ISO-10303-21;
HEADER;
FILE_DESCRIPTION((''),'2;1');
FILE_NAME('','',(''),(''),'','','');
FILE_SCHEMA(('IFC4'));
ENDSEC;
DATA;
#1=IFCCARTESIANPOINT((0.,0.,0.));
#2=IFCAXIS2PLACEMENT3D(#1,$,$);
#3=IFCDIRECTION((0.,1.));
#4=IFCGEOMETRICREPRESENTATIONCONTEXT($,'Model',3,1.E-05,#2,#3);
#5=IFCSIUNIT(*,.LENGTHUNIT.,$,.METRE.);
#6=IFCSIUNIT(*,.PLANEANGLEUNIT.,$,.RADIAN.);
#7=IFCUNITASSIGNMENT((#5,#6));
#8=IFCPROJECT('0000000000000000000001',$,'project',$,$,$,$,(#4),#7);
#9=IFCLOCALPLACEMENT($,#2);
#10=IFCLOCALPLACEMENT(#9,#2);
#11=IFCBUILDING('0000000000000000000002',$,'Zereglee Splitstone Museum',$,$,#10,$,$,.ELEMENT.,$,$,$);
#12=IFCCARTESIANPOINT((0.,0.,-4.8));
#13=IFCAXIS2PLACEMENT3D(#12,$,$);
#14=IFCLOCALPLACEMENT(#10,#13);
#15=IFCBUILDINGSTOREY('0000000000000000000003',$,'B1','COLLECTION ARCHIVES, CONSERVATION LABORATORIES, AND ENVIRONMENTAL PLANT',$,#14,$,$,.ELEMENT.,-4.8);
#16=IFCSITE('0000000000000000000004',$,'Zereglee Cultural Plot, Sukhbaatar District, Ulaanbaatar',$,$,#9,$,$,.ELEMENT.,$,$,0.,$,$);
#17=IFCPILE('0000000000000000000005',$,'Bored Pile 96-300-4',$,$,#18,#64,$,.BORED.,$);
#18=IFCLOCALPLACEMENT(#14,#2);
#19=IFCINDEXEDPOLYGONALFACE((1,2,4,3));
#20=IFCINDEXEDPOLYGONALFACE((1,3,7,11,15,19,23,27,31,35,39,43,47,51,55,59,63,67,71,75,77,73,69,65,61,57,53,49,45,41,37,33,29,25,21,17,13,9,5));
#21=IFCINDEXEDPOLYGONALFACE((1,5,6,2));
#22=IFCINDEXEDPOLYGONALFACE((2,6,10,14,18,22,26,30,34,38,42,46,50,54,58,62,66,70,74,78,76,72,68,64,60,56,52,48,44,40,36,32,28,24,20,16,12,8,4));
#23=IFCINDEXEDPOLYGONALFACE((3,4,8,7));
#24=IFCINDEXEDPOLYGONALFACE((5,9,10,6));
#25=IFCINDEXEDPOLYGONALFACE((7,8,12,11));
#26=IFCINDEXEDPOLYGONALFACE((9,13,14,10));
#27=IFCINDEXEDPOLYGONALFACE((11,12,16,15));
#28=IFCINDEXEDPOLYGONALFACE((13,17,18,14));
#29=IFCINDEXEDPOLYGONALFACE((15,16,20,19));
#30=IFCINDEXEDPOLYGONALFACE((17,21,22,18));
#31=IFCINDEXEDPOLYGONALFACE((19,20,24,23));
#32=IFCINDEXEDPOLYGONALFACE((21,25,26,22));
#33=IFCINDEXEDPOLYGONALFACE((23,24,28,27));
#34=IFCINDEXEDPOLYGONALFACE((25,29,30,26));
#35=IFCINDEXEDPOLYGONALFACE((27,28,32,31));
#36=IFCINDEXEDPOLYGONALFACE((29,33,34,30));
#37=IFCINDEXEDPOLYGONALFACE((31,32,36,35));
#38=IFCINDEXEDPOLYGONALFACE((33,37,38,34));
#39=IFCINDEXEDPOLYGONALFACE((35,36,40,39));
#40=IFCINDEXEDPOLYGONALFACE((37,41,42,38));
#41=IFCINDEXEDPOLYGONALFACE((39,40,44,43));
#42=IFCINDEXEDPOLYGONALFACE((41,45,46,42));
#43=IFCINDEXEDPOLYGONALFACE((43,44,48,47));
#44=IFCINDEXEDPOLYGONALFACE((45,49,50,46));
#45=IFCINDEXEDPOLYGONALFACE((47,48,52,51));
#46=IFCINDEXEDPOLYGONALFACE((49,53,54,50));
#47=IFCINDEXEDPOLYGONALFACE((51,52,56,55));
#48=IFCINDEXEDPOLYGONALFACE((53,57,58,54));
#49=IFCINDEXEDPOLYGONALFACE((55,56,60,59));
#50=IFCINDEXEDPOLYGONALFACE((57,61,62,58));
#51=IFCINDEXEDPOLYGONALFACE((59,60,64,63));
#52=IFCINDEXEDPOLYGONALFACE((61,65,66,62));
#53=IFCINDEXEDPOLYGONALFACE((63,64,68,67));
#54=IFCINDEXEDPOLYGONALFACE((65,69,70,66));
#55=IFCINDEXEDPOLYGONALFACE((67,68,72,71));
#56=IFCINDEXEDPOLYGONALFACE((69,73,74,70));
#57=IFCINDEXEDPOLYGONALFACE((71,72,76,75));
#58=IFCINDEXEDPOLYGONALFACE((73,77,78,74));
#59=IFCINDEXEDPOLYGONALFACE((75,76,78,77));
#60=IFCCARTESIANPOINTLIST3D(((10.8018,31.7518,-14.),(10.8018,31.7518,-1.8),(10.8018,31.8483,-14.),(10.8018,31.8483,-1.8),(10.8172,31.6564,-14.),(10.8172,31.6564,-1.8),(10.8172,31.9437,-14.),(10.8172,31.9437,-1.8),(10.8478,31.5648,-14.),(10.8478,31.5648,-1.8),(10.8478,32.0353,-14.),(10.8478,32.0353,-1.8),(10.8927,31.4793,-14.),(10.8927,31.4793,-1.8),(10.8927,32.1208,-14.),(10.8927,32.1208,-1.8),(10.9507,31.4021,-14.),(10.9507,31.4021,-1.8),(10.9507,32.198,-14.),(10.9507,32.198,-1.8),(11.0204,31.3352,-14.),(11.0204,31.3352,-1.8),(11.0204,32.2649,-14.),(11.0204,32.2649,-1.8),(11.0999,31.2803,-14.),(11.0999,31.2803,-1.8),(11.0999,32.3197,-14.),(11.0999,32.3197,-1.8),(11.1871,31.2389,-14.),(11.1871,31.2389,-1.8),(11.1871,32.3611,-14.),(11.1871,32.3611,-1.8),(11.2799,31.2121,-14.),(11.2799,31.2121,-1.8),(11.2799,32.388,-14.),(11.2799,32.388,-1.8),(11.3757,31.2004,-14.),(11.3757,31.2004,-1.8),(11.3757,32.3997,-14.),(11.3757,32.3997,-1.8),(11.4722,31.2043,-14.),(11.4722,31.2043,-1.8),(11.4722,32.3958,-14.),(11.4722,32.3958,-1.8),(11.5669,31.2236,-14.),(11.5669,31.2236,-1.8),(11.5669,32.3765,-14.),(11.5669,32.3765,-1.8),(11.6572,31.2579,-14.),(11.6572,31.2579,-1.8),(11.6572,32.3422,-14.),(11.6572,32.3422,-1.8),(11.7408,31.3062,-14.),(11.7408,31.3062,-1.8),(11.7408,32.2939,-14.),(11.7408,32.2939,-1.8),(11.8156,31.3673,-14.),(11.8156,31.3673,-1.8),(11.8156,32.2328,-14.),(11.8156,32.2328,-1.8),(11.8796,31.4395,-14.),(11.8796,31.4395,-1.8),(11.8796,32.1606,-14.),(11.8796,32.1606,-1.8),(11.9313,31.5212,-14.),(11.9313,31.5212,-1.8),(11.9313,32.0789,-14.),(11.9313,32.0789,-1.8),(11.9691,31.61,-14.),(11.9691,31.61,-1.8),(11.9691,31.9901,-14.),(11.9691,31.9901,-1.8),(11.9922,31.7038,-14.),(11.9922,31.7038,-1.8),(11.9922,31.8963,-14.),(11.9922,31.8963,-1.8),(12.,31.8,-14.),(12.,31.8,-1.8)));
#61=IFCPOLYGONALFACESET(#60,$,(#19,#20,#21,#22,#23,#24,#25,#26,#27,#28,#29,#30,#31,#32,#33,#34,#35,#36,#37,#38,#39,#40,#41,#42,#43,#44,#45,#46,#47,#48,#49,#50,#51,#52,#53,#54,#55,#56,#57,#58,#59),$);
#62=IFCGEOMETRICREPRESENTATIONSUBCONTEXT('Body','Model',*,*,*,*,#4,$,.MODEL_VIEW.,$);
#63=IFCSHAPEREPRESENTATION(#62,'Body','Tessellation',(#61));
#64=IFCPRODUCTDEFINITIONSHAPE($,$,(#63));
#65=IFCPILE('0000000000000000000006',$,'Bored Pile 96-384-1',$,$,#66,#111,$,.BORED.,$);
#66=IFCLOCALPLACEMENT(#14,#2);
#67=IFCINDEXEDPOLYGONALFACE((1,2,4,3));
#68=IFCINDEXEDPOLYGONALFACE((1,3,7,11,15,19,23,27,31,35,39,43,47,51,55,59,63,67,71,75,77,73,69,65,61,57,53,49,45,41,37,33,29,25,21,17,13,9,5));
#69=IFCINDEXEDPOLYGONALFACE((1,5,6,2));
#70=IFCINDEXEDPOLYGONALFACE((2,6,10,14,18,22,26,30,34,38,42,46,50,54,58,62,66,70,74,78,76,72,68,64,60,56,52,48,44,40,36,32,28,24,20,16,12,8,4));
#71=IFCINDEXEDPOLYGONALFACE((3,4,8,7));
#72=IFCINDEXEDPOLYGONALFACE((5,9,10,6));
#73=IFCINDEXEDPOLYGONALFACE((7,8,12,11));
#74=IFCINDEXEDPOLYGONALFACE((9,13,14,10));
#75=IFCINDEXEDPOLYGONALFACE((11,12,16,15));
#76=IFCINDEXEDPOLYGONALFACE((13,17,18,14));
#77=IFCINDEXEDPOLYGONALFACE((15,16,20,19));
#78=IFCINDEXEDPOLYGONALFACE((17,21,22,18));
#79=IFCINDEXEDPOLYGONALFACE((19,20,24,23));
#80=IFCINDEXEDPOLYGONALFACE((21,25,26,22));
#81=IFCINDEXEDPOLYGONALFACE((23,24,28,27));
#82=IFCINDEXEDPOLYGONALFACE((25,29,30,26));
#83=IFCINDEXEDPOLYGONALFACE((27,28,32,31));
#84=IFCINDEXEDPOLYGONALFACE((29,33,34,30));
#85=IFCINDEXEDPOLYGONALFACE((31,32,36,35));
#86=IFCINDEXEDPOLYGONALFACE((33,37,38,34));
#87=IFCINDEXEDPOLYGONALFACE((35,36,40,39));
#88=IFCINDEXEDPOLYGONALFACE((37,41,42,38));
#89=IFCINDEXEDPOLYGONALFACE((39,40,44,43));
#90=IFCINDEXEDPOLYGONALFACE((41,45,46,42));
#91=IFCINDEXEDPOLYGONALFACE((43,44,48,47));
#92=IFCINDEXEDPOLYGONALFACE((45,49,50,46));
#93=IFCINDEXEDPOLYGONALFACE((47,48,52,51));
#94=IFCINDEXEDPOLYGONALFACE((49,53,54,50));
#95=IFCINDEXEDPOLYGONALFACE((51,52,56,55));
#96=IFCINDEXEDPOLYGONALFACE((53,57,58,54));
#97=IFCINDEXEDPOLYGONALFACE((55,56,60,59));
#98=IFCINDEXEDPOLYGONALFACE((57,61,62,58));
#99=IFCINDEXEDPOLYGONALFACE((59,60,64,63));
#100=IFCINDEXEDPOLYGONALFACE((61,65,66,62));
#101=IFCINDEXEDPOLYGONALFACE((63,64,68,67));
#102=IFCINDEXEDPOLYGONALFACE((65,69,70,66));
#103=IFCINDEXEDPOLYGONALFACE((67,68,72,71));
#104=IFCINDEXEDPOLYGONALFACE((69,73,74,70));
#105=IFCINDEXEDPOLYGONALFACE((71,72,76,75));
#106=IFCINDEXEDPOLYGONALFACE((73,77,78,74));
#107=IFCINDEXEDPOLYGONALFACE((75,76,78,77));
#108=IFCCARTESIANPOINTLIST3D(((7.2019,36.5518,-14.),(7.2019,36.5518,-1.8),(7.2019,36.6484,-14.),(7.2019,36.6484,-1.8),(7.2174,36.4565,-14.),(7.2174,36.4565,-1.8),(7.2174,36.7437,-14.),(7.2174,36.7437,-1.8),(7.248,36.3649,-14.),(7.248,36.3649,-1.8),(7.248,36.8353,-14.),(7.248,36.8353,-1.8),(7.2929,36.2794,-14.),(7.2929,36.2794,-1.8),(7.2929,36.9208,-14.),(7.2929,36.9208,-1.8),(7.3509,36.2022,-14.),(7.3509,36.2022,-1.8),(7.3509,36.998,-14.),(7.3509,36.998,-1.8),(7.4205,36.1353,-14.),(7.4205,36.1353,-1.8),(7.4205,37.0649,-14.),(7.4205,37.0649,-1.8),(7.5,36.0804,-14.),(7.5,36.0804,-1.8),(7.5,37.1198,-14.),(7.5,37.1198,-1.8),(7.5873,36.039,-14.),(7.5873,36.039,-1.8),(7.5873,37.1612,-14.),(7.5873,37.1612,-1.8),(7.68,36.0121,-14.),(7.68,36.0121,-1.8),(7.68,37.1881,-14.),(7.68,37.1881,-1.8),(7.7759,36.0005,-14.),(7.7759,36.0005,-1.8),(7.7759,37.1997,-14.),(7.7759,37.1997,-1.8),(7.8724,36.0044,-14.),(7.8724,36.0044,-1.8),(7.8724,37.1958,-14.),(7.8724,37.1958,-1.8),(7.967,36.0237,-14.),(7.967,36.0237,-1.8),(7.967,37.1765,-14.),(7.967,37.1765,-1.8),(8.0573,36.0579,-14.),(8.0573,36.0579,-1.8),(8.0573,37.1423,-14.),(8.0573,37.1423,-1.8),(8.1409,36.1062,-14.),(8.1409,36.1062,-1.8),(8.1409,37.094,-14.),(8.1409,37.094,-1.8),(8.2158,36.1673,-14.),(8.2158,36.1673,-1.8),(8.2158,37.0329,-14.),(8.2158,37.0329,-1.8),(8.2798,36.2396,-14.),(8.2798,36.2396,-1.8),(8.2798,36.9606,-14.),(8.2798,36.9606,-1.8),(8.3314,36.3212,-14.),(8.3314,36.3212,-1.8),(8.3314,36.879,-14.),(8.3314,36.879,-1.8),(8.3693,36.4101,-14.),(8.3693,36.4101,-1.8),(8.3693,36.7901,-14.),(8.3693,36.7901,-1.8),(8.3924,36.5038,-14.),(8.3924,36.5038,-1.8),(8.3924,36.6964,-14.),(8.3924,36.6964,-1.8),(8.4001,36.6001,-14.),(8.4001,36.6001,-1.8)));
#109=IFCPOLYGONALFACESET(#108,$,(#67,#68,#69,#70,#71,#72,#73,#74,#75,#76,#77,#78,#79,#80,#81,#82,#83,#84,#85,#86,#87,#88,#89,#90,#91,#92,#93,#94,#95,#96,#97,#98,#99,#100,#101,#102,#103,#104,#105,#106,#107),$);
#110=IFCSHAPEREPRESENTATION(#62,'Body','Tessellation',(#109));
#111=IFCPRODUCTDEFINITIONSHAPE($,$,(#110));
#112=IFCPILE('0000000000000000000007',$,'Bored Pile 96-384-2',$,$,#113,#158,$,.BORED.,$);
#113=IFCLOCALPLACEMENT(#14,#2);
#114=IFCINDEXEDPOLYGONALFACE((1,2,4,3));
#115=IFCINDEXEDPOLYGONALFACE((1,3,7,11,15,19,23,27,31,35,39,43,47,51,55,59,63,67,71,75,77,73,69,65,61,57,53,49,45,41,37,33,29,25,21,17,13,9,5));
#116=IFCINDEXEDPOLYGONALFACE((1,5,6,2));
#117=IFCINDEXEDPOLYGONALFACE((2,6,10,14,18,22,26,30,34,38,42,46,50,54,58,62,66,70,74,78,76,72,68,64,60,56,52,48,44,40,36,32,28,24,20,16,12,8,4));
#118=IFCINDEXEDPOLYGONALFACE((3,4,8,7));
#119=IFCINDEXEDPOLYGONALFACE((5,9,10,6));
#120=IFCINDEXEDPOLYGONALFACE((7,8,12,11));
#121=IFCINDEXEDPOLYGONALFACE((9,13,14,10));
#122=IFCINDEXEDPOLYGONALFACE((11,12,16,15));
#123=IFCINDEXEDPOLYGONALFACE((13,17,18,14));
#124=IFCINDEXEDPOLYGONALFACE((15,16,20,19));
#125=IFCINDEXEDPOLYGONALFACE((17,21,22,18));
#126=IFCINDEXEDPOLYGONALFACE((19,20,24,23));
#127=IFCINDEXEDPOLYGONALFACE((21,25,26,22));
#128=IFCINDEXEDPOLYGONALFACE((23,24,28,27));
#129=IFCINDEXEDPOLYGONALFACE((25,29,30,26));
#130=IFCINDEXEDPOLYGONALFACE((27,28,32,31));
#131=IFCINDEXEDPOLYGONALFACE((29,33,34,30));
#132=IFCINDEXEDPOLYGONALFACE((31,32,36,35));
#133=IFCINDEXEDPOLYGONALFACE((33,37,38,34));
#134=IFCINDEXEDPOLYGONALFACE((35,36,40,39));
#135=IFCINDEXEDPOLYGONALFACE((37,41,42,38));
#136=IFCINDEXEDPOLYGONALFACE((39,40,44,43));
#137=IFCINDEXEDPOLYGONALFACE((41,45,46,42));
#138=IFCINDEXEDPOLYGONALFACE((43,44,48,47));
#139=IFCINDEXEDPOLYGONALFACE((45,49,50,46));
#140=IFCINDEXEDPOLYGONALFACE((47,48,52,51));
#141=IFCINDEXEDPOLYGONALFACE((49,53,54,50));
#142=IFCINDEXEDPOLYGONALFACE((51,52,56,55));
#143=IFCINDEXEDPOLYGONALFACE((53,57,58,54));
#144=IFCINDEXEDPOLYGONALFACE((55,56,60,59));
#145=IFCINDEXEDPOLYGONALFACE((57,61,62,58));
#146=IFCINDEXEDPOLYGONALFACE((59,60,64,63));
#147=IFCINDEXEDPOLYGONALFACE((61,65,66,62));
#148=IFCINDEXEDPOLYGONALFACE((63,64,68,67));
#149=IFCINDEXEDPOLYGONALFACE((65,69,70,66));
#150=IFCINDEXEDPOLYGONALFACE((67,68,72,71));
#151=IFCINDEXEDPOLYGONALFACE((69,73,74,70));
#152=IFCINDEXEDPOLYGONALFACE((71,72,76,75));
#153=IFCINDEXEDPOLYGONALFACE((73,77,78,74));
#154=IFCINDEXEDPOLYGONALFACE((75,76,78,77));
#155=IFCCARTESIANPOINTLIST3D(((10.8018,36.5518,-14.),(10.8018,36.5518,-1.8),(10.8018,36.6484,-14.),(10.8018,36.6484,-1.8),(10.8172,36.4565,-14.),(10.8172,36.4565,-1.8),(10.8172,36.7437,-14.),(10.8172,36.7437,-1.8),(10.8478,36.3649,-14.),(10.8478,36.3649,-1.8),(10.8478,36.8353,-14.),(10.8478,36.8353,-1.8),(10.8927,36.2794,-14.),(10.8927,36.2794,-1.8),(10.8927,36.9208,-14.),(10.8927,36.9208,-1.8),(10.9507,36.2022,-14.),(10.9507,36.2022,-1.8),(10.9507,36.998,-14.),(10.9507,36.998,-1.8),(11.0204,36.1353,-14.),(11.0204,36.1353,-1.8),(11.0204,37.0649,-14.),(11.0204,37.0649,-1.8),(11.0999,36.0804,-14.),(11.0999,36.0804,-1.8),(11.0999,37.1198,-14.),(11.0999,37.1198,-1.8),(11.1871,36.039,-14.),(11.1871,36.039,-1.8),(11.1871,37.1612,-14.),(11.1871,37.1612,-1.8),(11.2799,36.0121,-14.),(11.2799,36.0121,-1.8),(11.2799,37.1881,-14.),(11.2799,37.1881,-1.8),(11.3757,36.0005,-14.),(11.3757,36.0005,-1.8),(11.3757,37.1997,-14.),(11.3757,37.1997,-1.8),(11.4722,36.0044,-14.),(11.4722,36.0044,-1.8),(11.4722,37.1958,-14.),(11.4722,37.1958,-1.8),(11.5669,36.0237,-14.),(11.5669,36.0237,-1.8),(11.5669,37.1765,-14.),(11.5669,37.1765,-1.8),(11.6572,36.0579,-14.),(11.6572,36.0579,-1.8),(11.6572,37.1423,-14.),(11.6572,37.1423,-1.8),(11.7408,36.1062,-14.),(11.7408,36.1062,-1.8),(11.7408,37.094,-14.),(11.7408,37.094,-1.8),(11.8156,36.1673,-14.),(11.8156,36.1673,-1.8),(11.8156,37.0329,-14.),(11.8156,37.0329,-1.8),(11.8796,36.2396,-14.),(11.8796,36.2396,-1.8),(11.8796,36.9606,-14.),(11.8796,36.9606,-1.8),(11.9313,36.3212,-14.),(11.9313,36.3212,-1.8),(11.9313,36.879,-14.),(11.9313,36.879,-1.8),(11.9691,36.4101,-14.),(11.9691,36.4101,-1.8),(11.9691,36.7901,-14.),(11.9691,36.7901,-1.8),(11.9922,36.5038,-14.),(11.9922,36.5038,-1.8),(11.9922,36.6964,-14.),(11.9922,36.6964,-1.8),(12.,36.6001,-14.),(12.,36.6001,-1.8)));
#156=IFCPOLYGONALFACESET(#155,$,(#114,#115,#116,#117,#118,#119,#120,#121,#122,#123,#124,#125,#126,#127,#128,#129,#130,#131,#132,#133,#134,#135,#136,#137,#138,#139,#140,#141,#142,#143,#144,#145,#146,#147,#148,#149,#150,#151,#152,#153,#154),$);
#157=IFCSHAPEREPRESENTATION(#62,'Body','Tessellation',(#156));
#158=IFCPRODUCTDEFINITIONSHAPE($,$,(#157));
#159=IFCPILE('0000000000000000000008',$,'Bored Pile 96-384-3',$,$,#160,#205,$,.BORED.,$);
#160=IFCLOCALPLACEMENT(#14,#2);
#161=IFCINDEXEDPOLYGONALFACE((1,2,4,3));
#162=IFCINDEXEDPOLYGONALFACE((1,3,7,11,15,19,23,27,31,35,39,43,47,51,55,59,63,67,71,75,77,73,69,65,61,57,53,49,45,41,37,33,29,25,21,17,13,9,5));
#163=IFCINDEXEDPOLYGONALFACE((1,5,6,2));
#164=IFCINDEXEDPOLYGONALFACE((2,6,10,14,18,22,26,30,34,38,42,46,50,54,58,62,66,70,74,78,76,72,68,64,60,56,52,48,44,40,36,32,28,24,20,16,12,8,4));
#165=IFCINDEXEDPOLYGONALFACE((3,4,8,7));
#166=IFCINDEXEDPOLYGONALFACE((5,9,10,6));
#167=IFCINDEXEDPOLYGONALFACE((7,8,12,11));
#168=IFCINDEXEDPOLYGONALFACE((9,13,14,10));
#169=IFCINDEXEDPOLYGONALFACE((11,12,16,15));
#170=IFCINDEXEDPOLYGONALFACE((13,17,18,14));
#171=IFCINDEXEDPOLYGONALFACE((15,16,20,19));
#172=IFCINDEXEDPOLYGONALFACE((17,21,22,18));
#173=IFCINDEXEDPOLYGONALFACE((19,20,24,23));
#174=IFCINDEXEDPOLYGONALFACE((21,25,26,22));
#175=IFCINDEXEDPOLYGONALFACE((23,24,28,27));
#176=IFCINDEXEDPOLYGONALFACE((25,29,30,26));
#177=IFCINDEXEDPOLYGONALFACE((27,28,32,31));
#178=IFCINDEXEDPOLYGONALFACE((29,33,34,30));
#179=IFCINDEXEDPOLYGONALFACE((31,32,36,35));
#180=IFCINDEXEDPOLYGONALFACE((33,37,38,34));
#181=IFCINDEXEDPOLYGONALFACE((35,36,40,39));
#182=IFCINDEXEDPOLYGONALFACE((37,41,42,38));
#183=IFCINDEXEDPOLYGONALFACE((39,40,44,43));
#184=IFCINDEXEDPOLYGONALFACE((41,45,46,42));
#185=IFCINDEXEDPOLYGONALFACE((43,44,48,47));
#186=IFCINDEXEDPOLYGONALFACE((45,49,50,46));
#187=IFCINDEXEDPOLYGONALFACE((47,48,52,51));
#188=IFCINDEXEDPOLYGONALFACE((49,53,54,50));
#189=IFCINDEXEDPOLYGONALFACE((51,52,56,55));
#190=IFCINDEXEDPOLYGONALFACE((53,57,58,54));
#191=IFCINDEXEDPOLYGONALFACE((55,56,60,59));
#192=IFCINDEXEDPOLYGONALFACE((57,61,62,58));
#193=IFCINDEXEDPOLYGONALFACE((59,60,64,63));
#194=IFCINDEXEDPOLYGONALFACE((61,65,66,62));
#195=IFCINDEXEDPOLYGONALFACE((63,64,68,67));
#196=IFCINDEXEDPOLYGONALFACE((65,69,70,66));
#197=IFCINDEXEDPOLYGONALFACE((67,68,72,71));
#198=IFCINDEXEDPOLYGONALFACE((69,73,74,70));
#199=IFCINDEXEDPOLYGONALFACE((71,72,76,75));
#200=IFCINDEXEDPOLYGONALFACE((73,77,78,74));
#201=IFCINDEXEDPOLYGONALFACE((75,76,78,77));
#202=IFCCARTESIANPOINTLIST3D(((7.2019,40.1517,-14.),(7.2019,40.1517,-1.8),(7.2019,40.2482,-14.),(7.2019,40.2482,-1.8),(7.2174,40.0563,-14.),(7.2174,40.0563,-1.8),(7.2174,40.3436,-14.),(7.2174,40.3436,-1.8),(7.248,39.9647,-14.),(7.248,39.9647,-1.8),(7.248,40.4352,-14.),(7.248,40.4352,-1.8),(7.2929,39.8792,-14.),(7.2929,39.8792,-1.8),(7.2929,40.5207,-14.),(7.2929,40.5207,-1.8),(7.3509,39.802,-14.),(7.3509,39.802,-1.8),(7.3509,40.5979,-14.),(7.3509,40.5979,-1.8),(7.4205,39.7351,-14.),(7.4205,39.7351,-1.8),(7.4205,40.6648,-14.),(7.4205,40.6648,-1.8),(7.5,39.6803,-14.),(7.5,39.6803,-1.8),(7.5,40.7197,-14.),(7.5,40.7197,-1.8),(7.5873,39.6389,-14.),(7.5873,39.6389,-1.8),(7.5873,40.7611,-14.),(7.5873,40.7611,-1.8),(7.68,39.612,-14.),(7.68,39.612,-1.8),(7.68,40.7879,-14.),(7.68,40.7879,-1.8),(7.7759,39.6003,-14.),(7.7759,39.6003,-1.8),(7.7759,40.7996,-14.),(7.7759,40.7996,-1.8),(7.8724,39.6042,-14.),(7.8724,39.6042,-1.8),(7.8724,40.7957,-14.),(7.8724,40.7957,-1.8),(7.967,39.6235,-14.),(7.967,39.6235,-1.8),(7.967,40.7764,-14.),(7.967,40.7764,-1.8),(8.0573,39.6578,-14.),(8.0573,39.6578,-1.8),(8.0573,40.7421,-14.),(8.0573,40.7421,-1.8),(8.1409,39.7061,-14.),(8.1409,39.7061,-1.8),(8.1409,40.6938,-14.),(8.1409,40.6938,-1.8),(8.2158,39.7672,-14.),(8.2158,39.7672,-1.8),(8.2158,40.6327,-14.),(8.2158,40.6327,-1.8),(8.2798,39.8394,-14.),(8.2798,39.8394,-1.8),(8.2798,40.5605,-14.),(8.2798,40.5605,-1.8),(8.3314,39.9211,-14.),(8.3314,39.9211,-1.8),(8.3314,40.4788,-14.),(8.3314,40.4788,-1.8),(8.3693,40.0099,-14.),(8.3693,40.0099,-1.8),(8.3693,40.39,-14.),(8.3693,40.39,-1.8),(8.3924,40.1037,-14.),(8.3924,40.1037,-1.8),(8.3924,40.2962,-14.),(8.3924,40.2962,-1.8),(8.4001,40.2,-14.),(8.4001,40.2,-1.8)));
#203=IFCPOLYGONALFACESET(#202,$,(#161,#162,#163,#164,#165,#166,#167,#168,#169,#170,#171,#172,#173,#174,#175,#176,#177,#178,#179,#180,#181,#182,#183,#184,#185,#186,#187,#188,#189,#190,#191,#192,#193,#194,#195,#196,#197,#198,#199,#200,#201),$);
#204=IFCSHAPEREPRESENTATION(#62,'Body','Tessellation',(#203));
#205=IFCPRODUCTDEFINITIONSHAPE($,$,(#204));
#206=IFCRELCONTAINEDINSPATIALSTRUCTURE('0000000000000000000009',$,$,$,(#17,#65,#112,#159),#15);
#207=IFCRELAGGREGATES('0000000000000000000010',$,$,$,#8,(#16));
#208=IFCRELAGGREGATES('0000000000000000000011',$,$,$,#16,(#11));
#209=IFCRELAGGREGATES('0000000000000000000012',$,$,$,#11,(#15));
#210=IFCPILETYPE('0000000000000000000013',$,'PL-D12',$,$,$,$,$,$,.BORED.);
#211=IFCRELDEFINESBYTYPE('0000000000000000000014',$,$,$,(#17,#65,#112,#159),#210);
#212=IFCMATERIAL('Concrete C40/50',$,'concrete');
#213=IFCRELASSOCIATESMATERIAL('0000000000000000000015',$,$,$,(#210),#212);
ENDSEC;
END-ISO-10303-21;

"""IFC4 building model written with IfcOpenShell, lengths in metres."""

from ifc_helpers import new_model, si_unit, direction, frame, origin, origin_2d, place, context, subcontext, project, spatial, circle, extrude, material, material_profile, profile_set, type_object, element, save


model = new_model("IFC4")

# Units and contexts
model_context = context("Model", 3, precision=1e-05, world=origin(), true_north=direction((0.0, 1.0)))
body_context = subcontext(model_context, "Body", "Model", "MODEL_VIEW")
ifc_project = project(units=[si_unit("LENGTHUNIT", "METRE"), si_unit("PLANEANGLEUNIT", "RADIAN")], contexts=[model_context])

# Site, building, storey
site_placement = place(None, origin())
site = spatial("IfcSite", under=ifc_project, at=site_placement, Name="Zereglee Cultural Plot, Sukhbaatar District, Ulaanbaatar", CompositionType="ELEMENT", RefElevation=0.0)
building_placement = place(site_placement, origin())
building = spatial("IfcBuilding", under=site, at=building_placement, Name="Zereglee Splitstone Museum", CompositionType="ELEMENT")
storey_placement = place(building_placement, frame((0.0, 0.0, -4.8)))
storey = spatial("IfcBuildingStorey", under=building, at=storey_placement, Name="B1", Description="COLLECTION ARCHIVES, CONSERVATION LABORATORIES, AND ENVIRONMENTAL PLANT", CompositionType="ELEMENT", Elevation=-4.8)

# Shared definitions
ifc_material_1 = material(Name="Concrete C40/50", Category="concrete")

# Piles
ifc_material_profile_1 = material_profile(ifc_material_1, circle(Radius=0.6001, at=origin_2d()), Name="PILE D1200")
ifc_profile_set_1 = profile_set([ifc_material_profile_1], Name="Concrete C40/50")
pile_type_1 = type_object("IfcPileType", Name="PL-D12", PredefinedType="BORED", material=ifc_profile_set_1)
for number, where, z_axis, x_axis, name in (
    (1, (11.3999, 31.8, -1.8), (0.0, 0.0, -1.0), (1.0, 0.0, 0.0), "Bored Pile 96-300-4"),
    (2, (7.8, 36.6001, -1.8), (0.0, 0.0, -1.0), (1.0, 0.0, 0.0), "Bored Pile 96-384-1"),
    (3, (11.3999, 36.6001, -1.8), (0.0, 0.0, -1.0), (1.0, 0.0, 0.0), "Bored Pile 96-384-2"),
    (4, (7.8, 40.2, -1.8), (0.0, 0.0, -1.0), (1.0, 0.0, 0.0), "Bored Pile 96-384-3"),
):
    element("IfcPile", number, at=place(storey_placement, frame(where, z_axis=z_axis, x_axis=x_axis)), inside=storey, type_object=pile_type_1, Name=name, PredefinedType="BORED", context=body_context, shape_type="SweptSolid", body=[
        extrude(circle(Radius=0.6001, at=origin_2d()), origin(), (0.0, 0.0, 1.0), 12.2),
    ])

save(model, "model.ifc")
